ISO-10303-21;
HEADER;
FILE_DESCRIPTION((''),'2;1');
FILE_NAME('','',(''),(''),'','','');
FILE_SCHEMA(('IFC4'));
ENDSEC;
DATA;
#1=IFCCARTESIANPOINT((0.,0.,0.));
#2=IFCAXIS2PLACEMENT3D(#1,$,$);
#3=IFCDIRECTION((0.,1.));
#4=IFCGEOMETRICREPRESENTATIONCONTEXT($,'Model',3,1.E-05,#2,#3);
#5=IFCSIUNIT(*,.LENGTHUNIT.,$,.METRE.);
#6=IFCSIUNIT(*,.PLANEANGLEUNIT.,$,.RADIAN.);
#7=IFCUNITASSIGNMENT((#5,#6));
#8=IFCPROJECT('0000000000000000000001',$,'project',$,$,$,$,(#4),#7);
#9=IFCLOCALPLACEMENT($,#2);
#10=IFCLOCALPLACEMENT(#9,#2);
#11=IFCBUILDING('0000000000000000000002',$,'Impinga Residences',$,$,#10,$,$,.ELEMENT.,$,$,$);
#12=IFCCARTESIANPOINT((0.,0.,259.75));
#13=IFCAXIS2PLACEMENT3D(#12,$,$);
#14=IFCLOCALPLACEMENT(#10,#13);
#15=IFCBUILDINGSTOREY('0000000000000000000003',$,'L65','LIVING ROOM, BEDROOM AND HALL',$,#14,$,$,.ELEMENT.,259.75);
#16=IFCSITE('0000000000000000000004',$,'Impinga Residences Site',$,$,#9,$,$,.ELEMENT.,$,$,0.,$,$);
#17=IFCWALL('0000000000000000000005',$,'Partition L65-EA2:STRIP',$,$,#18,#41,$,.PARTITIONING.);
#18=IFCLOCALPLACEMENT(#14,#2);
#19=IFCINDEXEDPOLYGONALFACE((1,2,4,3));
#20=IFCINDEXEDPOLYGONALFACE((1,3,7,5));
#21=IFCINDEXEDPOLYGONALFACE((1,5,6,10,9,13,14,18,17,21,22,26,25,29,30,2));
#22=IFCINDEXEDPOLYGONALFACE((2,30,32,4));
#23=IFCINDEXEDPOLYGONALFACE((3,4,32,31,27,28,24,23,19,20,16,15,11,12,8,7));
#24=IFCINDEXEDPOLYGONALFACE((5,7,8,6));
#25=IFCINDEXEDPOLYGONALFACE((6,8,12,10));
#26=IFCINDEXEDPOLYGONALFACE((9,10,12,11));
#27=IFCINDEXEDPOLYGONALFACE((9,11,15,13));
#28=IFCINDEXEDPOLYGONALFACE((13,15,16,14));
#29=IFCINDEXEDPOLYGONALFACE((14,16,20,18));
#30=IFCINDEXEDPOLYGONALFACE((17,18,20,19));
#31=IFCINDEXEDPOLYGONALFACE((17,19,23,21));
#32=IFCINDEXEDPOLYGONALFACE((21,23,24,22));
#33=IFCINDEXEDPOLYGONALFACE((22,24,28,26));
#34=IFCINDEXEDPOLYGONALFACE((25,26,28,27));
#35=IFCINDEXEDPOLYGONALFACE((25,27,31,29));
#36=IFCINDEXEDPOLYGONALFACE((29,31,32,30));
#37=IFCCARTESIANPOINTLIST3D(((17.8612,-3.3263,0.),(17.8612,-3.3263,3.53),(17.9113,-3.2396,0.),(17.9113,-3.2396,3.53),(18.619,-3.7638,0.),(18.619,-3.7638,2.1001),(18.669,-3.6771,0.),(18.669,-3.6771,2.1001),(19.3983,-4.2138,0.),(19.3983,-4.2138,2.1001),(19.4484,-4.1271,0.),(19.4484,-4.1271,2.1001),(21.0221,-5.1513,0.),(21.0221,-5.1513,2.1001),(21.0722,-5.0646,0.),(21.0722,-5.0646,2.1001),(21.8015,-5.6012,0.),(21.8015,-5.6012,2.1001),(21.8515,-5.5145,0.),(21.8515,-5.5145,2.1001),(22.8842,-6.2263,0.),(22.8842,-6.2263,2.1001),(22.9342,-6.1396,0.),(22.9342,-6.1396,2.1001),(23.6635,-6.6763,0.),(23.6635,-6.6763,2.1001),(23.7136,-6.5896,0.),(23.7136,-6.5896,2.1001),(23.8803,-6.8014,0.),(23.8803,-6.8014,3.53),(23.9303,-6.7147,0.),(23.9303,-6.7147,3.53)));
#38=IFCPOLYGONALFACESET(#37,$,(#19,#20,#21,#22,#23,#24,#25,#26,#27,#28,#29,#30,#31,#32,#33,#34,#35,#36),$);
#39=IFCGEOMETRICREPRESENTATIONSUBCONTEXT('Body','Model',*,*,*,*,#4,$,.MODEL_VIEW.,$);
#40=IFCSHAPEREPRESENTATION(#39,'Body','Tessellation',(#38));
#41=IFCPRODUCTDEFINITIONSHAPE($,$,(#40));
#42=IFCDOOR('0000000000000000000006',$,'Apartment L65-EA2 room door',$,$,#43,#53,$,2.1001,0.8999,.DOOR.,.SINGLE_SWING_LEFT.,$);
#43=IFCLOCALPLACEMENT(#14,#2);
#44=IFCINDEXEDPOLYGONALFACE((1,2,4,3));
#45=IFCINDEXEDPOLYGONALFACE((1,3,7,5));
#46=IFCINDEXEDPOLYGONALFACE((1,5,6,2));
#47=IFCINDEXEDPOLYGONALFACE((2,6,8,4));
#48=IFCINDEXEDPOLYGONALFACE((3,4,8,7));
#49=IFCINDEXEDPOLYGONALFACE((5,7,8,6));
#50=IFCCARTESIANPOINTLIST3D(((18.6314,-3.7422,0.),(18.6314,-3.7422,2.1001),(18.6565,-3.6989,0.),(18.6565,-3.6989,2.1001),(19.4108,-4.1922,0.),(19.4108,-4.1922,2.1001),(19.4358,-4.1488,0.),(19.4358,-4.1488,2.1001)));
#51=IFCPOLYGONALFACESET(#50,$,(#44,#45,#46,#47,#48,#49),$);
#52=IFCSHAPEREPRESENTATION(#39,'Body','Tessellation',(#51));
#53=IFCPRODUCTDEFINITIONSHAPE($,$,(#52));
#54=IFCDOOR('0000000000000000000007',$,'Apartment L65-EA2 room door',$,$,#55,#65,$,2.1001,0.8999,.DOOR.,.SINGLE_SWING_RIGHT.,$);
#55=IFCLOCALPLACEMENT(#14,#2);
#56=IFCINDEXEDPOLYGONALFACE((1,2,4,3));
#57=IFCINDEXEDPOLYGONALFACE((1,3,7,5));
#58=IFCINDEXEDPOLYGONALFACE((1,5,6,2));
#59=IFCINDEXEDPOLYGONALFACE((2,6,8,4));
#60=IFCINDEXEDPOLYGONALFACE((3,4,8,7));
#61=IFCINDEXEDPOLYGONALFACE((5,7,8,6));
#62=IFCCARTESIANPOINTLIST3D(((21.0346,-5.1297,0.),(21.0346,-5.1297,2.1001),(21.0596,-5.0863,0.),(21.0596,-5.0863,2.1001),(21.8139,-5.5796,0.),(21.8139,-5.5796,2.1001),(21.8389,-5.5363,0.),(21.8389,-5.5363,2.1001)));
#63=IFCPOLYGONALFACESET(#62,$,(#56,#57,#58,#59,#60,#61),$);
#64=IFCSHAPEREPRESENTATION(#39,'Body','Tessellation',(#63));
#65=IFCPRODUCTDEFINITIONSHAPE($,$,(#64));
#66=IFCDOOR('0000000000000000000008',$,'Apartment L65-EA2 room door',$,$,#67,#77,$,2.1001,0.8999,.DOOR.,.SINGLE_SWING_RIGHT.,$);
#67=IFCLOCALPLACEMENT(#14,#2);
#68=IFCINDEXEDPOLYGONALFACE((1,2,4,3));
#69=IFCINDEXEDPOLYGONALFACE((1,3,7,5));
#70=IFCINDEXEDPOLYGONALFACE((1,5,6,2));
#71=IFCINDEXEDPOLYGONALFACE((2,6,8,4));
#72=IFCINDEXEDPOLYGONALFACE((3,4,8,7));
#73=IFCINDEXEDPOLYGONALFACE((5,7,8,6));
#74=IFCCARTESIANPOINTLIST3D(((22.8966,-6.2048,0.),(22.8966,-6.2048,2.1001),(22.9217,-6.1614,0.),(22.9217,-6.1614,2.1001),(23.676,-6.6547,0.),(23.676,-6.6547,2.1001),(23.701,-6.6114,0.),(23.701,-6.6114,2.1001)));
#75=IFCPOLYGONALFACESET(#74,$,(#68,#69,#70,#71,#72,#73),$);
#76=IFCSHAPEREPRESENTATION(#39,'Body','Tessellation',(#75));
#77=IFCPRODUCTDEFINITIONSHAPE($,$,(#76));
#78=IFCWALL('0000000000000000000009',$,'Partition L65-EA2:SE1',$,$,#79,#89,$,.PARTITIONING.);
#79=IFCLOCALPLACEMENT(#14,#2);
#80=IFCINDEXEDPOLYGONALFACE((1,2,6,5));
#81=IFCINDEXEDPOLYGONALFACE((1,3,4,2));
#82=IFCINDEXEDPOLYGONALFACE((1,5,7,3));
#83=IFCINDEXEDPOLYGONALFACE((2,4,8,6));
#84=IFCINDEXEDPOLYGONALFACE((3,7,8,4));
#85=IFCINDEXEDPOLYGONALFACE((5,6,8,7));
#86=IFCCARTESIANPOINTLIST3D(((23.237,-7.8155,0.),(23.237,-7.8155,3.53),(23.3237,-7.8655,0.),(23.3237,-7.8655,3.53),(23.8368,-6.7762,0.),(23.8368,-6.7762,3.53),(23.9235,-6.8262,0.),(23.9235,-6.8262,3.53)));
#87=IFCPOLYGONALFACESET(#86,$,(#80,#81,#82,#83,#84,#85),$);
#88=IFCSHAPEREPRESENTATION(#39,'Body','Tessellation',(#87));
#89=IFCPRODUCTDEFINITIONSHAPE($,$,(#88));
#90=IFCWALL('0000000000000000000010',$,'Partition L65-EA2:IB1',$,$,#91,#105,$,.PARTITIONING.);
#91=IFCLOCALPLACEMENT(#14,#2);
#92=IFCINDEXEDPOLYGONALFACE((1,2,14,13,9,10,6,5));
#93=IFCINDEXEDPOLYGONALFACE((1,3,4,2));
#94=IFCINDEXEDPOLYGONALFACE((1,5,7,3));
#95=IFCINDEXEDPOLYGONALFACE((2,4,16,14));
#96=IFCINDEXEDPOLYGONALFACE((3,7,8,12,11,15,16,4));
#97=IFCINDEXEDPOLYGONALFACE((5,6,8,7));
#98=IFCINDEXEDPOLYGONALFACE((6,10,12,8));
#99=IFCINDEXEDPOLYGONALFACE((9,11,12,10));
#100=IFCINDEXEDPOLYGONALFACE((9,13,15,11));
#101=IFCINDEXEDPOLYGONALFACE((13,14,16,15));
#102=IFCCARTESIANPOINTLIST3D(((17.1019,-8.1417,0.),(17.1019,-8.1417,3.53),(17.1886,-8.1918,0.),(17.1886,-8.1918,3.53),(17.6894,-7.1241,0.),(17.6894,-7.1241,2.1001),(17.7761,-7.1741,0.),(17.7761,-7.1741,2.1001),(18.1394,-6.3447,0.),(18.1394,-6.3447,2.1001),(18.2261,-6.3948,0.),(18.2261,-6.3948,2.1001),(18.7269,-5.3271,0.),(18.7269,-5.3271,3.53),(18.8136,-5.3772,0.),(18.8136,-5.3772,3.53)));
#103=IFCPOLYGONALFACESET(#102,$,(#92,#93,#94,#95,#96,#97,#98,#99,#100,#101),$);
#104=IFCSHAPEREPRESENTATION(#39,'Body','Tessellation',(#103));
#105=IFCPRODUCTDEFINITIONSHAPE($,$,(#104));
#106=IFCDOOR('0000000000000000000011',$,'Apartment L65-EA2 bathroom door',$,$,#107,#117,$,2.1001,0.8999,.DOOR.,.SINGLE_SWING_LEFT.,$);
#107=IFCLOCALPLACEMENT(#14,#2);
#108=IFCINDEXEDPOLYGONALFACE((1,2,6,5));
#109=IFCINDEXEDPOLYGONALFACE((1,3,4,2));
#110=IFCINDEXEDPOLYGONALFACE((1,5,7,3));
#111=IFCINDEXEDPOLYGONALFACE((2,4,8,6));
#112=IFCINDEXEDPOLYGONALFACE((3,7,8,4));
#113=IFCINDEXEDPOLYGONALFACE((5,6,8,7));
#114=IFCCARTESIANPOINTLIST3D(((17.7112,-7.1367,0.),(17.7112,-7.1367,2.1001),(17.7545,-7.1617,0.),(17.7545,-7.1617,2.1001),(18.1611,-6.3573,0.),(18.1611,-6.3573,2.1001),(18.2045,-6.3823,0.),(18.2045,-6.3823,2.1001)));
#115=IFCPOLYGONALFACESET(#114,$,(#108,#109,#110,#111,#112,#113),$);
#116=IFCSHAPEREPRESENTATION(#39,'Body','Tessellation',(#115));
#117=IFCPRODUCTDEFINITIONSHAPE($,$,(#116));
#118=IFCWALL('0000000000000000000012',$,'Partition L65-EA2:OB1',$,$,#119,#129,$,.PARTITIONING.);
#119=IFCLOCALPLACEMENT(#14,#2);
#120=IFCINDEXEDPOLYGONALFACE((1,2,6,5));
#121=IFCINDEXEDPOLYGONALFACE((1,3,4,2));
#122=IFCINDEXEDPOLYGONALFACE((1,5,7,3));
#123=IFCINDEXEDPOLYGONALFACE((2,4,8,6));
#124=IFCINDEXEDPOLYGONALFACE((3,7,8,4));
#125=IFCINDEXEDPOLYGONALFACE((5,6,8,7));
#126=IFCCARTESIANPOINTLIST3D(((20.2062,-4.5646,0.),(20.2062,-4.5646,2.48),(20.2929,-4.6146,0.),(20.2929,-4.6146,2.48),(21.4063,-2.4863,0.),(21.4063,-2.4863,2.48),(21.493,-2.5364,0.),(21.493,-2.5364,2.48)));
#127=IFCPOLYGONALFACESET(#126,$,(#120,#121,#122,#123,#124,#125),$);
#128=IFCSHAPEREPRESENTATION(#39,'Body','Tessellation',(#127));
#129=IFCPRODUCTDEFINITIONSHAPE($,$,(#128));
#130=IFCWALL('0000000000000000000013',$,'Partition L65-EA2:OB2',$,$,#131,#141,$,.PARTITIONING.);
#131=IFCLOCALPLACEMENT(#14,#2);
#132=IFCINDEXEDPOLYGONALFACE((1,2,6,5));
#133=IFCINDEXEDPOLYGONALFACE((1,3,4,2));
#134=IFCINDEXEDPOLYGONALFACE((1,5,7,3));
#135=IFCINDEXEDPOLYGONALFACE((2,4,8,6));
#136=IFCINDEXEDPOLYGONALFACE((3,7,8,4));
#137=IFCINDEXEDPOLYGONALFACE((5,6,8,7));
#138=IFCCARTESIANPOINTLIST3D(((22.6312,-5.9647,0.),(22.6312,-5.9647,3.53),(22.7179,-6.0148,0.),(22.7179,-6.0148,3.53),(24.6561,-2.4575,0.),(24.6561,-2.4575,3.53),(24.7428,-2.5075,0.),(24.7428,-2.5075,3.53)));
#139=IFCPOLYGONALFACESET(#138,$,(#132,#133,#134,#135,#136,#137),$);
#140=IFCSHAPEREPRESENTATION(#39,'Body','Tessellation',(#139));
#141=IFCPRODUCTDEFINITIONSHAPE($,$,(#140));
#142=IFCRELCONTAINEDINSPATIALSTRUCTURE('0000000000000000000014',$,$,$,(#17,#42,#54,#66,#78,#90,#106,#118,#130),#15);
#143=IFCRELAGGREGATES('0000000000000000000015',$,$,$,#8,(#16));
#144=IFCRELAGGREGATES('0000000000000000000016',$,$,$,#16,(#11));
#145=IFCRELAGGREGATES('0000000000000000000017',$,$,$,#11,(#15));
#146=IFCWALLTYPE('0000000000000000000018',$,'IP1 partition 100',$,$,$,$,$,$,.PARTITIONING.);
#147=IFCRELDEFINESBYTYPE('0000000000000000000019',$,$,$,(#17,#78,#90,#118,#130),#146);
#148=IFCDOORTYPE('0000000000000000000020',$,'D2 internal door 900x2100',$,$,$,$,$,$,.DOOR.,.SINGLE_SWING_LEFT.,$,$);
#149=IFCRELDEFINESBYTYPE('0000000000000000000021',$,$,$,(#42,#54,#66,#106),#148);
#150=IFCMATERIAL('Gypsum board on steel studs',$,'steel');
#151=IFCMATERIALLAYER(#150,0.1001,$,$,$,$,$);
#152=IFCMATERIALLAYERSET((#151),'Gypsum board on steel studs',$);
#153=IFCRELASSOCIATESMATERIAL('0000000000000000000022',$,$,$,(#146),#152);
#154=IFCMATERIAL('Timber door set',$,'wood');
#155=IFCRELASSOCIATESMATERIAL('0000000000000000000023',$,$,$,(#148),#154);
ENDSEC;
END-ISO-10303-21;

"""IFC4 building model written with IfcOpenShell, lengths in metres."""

from ifc_helpers import new_model, si_unit, direction, frame, frame_2d, origin, place, context, subcontext, project, spatial, rectangle, extrude, material, layer, layer_set, type_object, element, fill, save


model = new_model("IFC4")

# Units and contexts
model_context = context("Model", 3, precision=1e-05, world=origin(), true_north=direction((0.0, 1.0)))
body_context = subcontext(model_context, "Body", "Model", "MODEL_VIEW")
ifc_project = project(units=[si_unit("LENGTHUNIT", "METRE"), si_unit("PLANEANGLEUNIT", "RADIAN")], contexts=[model_context])

# Site, building, storey
site_placement = place(None, origin())
site = spatial("IfcSite", under=ifc_project, at=site_placement, Name="Impinga Residences Site", CompositionType="ELEMENT", RefElevation=0.0)
building_placement = place(site_placement, origin())
building = spatial("IfcBuilding", under=site, at=building_placement, Name="Impinga Residences", CompositionType="ELEMENT")
storey_placement = place(building_placement, frame((0.0, 0.0, 259.75)))
storey = spatial("IfcBuildingStorey", under=building, at=storey_placement, Name="L65", Description="LIVING ROOM, BEDROOM AND HALL", CompositionType="ELEMENT", Elevation=259.75)

# Shared definitions
ifc_material_1 = material(Name="Timber door set", Category="wood")

# Shared definitions
ifc_material_2 = material(Name="Gypsum board on steel studs", Category="steel")
ifc_layer_1 = layer(ifc_material_2, 0.1001)
ifc_layer_set_1 = layer_set([ifc_layer_1], Name="Gypsum board on steel studs")
wall_type_1 = type_object("IfcWallType", Name="IP1 partition 100", PredefinedType="PARTITIONING", material=ifc_layer_set_1)

# Wall, openings, doors
wall_1_placement = place(storey_placement, frame((17.8862, -3.283, 0.0), z_axis=(0.0, 0.0, 1.0), x_axis=(0.866025, -0.5, 0.0)))
wall_1 = element("IfcWall", 1, at=wall_1_placement, inside=storey, type_object=wall_type_1, Name="Partition L65-EA2:STRIP", PredefinedType="PARTITIONING", context=body_context, shape_type="SweptSolid", body=[
    extrude(rectangle(XDim=6.9502, YDim=0.1001, at=frame_2d((3.4751, 0.0))), origin(), (0.0, 0.0, 1.0), 3.53),
])
opening_1_placement = place(wall_1_placement, frame((0.875, 0.0, 0.0)))
opening_1 = element("IfcOpeningElement", 2, at=opening_1_placement, cuts=wall_1, PredefinedType="OPENING", context=body_context, shape_type="SweptSolid", body=[
    extrude(rectangle(XDim=0.8999, YDim=2.1001, at=frame_2d((0.45, 1.05))), frame((0.0, 0.0601, 0.0), z_axis=(0.0, -1.0, 0.0), x_axis=(1.0, 0.0, 0.0)), (0.0, 0.0, 1.0), 0.1201),
])
opening_2_placement = place(wall_1_placement, frame((3.6499, 0.0, 0.0)))
opening_2 = element("IfcOpeningElement", 3, at=opening_2_placement, cuts=wall_1, PredefinedType="OPENING", context=body_context, shape_type="SweptSolid", body=[
    extrude(rectangle(XDim=0.8999, YDim=2.1001, at=frame_2d((0.45, 1.05))), frame((0.0, 0.0601, 0.0), z_axis=(0.0, -1.0, 0.0), x_axis=(1.0, 0.0, 0.0)), (0.0, 0.0, 1.0), 0.1201),
])
opening_3_placement = place(wall_1_placement, frame((5.8, 0.0, 0.0)))
opening_3 = element("IfcOpeningElement", 4, at=opening_3_placement, cuts=wall_1, PredefinedType="OPENING", context=body_context, shape_type="SweptSolid", body=[
    extrude(rectangle(XDim=0.8999, YDim=2.1001, at=frame_2d((0.45, 1.05))), frame((0.0, 0.0601, 0.0), z_axis=(0.0, -1.0, 0.0), x_axis=(1.0, 0.0, 0.0)), (0.0, 0.0, 1.0), 0.1201),
])
door_type_1 = type_object("IfcDoorType", Name="D2 internal door 900x2100", OperationType="SINGLE_SWING_LEFT", PredefinedType="DOOR", material=ifc_material_1)
door_1_placement = place(opening_1_placement, origin())
door_1 = element("IfcDoor", 5, at=door_1_placement, inside=storey, type_object=door_type_1, Name="Apartment L65-EA2 room door", OperationType="SINGLE_SWING_LEFT", OverallHeight=2.1001, OverallWidth=0.8999, PredefinedType="DOOR", context=body_context, shape_type="SweptSolid", body=[
    extrude(rectangle(XDim=0.8999, YDim=2.1001, at=frame_2d((0.45, 1.05))), frame((0.0, 0.0249, 0.0), z_axis=(0.0, -1.0, 0.0), x_axis=(1.0, 0.0, 0.0)), (0.0, 0.0, 1.0), 0.05),
])
fill(opening_1, door_1)
door_2_placement = place(opening_2_placement, origin())
door_2 = element("IfcDoor", 6, at=door_2_placement, inside=storey, type_object=door_type_1, Name="Apartment L65-EA2 room door", OperationType="SINGLE_SWING_RIGHT", OverallHeight=2.1001, OverallWidth=0.8999, PredefinedType="DOOR", context=body_context, shape_type="SweptSolid", body=[
    extrude(rectangle(XDim=0.8999, YDim=2.1001, at=frame_2d((0.45, 1.05))), frame((0.0, 0.0249, 0.0), z_axis=(0.0, -1.0, 0.0), x_axis=(1.0, 0.0, 0.0)), (0.0, 0.0, 1.0), 0.05),
])
fill(opening_2, door_2)
door_3_placement = place(opening_3_placement, origin())
door_3 = element("IfcDoor", 7, at=door_3_placement, inside=storey, type_object=door_type_1, Name="Apartment L65-EA2 room door", OperationType="SINGLE_SWING_RIGHT", OverallHeight=2.1001, OverallWidth=0.8999, PredefinedType="DOOR", context=body_context, shape_type="SweptSolid", body=[
    extrude(rectangle(XDim=0.8999, YDim=2.1001, at=frame_2d((0.45, 1.05))), frame((0.0, 0.0249, 0.0), z_axis=(0.0, -1.0, 0.0), x_axis=(1.0, 0.0, 0.0)), (0.0, 0.0, 1.0), 0.05),
])
fill(opening_3, door_3)

# Wall
wall_2_placement = place(storey_placement, frame((23.2803, -7.8406, 0.0), z_axis=(0.0, 0.0, 1.0), x_axis=(0.499881, 0.866094, 0.0)))
element("IfcWall", 8, at=wall_2_placement, inside=storey, type_object=wall_type_1, Name="Partition L65-EA2:SE1", PredefinedType="PARTITIONING", context=body_context, shape_type="SweptSolid", body=[
    extrude(rectangle(XDim=1.2, YDim=0.1001, at=frame_2d((0.6001, 0.0))), origin(), (0.0, 0.0, 1.0), 3.53),
])

# Wall, opening, door
wall_3_placement = place(storey_placement, frame((17.1453, -8.1667, 0.0), z_axis=(0.0, 0.0, 1.0), x_axis=(0.499985, 0.866034, 0.0)))
wall_3 = element("IfcWall", 9, at=wall_3_placement, inside=storey, type_object=wall_type_1, Name="Partition L65-EA2:IB1", PredefinedType="PARTITIONING", context=body_context, shape_type="SweptSolid", body=[
    extrude(rectangle(XDim=3.25, YDim=0.1001, at=frame_2d((1.625, 0.0))), origin(), (0.0, 0.0, 1.0), 3.53),
])
opening_4_placement = place(wall_3_placement, frame((1.175, 0.0, 0.0)))
opening_4 = element("IfcOpeningElement", 10, at=opening_4_placement, cuts=wall_3, PredefinedType="OPENING", context=body_context, shape_type="SweptSolid", body=[
    extrude(rectangle(XDim=0.8999, YDim=2.1001, at=frame_2d((0.45, 1.05))), frame((0.0, 0.0601, 0.0), z_axis=(0.0, -1.0, 0.0), x_axis=(1.0, 0.0, 0.0)), (0.0, 0.0, 1.0), 0.1201),
])
door_4_placement = place(opening_4_placement, origin())
door_4 = element("IfcDoor", 11, at=door_4_placement, inside=storey, type_object=door_type_1, Name="Apartment L65-EA2 bathroom door", OperationType="SINGLE_SWING_LEFT", OverallHeight=2.1001, OverallWidth=0.8999, PredefinedType="DOOR", context=body_context, shape_type="SweptSolid", body=[
    extrude(rectangle(XDim=0.8999, YDim=2.1001, at=frame_2d((0.45, 1.05))), frame((0.0, 0.0249, 0.0), z_axis=(0.0, -1.0, 0.0), x_axis=(1.0, 0.0, 0.0)), (0.0, 0.0, 1.0), 0.05),
])
fill(opening_4, door_4)

# Walls
wall_4_placement = place(storey_placement, frame((20.2495, -4.5896, 0.0), z_axis=(0.0, 0.0, 1.0), x_axis=(0.500078, 0.865981, 0.0)))
element("IfcWall", 12, at=wall_4_placement, inside=storey, type_object=wall_type_1, Name="Partition L65-EA2:OB1", PredefinedType="PARTITIONING", context=body_context, shape_type="SweptSolid", body=[
    extrude(rectangle(XDim=2.3999, YDim=0.1001, at=frame_2d((1.2, 0.0))), origin(), (0.0, 0.0, 1.0), 2.48),
])
wall_5_placement = place(storey_placement, frame((22.6746, -5.9897, 0.0), z_axis=(0.0, 0.0, 1.0), x_axis=(0.49999, 0.866031, 0.0)))
element("IfcWall", 13, at=wall_5_placement, inside=storey, type_object=wall_type_1, Name="Partition L65-EA2:OB2", PredefinedType="PARTITIONING", context=body_context, shape_type="SweptSolid", body=[
    extrude(rectangle(XDim=4.0498, YDim=0.1001, at=frame_2d((2.0249, 0.0))), origin(), (0.0, 0.0, 1.0), 3.53),
])

save(model, "model.ifc")
